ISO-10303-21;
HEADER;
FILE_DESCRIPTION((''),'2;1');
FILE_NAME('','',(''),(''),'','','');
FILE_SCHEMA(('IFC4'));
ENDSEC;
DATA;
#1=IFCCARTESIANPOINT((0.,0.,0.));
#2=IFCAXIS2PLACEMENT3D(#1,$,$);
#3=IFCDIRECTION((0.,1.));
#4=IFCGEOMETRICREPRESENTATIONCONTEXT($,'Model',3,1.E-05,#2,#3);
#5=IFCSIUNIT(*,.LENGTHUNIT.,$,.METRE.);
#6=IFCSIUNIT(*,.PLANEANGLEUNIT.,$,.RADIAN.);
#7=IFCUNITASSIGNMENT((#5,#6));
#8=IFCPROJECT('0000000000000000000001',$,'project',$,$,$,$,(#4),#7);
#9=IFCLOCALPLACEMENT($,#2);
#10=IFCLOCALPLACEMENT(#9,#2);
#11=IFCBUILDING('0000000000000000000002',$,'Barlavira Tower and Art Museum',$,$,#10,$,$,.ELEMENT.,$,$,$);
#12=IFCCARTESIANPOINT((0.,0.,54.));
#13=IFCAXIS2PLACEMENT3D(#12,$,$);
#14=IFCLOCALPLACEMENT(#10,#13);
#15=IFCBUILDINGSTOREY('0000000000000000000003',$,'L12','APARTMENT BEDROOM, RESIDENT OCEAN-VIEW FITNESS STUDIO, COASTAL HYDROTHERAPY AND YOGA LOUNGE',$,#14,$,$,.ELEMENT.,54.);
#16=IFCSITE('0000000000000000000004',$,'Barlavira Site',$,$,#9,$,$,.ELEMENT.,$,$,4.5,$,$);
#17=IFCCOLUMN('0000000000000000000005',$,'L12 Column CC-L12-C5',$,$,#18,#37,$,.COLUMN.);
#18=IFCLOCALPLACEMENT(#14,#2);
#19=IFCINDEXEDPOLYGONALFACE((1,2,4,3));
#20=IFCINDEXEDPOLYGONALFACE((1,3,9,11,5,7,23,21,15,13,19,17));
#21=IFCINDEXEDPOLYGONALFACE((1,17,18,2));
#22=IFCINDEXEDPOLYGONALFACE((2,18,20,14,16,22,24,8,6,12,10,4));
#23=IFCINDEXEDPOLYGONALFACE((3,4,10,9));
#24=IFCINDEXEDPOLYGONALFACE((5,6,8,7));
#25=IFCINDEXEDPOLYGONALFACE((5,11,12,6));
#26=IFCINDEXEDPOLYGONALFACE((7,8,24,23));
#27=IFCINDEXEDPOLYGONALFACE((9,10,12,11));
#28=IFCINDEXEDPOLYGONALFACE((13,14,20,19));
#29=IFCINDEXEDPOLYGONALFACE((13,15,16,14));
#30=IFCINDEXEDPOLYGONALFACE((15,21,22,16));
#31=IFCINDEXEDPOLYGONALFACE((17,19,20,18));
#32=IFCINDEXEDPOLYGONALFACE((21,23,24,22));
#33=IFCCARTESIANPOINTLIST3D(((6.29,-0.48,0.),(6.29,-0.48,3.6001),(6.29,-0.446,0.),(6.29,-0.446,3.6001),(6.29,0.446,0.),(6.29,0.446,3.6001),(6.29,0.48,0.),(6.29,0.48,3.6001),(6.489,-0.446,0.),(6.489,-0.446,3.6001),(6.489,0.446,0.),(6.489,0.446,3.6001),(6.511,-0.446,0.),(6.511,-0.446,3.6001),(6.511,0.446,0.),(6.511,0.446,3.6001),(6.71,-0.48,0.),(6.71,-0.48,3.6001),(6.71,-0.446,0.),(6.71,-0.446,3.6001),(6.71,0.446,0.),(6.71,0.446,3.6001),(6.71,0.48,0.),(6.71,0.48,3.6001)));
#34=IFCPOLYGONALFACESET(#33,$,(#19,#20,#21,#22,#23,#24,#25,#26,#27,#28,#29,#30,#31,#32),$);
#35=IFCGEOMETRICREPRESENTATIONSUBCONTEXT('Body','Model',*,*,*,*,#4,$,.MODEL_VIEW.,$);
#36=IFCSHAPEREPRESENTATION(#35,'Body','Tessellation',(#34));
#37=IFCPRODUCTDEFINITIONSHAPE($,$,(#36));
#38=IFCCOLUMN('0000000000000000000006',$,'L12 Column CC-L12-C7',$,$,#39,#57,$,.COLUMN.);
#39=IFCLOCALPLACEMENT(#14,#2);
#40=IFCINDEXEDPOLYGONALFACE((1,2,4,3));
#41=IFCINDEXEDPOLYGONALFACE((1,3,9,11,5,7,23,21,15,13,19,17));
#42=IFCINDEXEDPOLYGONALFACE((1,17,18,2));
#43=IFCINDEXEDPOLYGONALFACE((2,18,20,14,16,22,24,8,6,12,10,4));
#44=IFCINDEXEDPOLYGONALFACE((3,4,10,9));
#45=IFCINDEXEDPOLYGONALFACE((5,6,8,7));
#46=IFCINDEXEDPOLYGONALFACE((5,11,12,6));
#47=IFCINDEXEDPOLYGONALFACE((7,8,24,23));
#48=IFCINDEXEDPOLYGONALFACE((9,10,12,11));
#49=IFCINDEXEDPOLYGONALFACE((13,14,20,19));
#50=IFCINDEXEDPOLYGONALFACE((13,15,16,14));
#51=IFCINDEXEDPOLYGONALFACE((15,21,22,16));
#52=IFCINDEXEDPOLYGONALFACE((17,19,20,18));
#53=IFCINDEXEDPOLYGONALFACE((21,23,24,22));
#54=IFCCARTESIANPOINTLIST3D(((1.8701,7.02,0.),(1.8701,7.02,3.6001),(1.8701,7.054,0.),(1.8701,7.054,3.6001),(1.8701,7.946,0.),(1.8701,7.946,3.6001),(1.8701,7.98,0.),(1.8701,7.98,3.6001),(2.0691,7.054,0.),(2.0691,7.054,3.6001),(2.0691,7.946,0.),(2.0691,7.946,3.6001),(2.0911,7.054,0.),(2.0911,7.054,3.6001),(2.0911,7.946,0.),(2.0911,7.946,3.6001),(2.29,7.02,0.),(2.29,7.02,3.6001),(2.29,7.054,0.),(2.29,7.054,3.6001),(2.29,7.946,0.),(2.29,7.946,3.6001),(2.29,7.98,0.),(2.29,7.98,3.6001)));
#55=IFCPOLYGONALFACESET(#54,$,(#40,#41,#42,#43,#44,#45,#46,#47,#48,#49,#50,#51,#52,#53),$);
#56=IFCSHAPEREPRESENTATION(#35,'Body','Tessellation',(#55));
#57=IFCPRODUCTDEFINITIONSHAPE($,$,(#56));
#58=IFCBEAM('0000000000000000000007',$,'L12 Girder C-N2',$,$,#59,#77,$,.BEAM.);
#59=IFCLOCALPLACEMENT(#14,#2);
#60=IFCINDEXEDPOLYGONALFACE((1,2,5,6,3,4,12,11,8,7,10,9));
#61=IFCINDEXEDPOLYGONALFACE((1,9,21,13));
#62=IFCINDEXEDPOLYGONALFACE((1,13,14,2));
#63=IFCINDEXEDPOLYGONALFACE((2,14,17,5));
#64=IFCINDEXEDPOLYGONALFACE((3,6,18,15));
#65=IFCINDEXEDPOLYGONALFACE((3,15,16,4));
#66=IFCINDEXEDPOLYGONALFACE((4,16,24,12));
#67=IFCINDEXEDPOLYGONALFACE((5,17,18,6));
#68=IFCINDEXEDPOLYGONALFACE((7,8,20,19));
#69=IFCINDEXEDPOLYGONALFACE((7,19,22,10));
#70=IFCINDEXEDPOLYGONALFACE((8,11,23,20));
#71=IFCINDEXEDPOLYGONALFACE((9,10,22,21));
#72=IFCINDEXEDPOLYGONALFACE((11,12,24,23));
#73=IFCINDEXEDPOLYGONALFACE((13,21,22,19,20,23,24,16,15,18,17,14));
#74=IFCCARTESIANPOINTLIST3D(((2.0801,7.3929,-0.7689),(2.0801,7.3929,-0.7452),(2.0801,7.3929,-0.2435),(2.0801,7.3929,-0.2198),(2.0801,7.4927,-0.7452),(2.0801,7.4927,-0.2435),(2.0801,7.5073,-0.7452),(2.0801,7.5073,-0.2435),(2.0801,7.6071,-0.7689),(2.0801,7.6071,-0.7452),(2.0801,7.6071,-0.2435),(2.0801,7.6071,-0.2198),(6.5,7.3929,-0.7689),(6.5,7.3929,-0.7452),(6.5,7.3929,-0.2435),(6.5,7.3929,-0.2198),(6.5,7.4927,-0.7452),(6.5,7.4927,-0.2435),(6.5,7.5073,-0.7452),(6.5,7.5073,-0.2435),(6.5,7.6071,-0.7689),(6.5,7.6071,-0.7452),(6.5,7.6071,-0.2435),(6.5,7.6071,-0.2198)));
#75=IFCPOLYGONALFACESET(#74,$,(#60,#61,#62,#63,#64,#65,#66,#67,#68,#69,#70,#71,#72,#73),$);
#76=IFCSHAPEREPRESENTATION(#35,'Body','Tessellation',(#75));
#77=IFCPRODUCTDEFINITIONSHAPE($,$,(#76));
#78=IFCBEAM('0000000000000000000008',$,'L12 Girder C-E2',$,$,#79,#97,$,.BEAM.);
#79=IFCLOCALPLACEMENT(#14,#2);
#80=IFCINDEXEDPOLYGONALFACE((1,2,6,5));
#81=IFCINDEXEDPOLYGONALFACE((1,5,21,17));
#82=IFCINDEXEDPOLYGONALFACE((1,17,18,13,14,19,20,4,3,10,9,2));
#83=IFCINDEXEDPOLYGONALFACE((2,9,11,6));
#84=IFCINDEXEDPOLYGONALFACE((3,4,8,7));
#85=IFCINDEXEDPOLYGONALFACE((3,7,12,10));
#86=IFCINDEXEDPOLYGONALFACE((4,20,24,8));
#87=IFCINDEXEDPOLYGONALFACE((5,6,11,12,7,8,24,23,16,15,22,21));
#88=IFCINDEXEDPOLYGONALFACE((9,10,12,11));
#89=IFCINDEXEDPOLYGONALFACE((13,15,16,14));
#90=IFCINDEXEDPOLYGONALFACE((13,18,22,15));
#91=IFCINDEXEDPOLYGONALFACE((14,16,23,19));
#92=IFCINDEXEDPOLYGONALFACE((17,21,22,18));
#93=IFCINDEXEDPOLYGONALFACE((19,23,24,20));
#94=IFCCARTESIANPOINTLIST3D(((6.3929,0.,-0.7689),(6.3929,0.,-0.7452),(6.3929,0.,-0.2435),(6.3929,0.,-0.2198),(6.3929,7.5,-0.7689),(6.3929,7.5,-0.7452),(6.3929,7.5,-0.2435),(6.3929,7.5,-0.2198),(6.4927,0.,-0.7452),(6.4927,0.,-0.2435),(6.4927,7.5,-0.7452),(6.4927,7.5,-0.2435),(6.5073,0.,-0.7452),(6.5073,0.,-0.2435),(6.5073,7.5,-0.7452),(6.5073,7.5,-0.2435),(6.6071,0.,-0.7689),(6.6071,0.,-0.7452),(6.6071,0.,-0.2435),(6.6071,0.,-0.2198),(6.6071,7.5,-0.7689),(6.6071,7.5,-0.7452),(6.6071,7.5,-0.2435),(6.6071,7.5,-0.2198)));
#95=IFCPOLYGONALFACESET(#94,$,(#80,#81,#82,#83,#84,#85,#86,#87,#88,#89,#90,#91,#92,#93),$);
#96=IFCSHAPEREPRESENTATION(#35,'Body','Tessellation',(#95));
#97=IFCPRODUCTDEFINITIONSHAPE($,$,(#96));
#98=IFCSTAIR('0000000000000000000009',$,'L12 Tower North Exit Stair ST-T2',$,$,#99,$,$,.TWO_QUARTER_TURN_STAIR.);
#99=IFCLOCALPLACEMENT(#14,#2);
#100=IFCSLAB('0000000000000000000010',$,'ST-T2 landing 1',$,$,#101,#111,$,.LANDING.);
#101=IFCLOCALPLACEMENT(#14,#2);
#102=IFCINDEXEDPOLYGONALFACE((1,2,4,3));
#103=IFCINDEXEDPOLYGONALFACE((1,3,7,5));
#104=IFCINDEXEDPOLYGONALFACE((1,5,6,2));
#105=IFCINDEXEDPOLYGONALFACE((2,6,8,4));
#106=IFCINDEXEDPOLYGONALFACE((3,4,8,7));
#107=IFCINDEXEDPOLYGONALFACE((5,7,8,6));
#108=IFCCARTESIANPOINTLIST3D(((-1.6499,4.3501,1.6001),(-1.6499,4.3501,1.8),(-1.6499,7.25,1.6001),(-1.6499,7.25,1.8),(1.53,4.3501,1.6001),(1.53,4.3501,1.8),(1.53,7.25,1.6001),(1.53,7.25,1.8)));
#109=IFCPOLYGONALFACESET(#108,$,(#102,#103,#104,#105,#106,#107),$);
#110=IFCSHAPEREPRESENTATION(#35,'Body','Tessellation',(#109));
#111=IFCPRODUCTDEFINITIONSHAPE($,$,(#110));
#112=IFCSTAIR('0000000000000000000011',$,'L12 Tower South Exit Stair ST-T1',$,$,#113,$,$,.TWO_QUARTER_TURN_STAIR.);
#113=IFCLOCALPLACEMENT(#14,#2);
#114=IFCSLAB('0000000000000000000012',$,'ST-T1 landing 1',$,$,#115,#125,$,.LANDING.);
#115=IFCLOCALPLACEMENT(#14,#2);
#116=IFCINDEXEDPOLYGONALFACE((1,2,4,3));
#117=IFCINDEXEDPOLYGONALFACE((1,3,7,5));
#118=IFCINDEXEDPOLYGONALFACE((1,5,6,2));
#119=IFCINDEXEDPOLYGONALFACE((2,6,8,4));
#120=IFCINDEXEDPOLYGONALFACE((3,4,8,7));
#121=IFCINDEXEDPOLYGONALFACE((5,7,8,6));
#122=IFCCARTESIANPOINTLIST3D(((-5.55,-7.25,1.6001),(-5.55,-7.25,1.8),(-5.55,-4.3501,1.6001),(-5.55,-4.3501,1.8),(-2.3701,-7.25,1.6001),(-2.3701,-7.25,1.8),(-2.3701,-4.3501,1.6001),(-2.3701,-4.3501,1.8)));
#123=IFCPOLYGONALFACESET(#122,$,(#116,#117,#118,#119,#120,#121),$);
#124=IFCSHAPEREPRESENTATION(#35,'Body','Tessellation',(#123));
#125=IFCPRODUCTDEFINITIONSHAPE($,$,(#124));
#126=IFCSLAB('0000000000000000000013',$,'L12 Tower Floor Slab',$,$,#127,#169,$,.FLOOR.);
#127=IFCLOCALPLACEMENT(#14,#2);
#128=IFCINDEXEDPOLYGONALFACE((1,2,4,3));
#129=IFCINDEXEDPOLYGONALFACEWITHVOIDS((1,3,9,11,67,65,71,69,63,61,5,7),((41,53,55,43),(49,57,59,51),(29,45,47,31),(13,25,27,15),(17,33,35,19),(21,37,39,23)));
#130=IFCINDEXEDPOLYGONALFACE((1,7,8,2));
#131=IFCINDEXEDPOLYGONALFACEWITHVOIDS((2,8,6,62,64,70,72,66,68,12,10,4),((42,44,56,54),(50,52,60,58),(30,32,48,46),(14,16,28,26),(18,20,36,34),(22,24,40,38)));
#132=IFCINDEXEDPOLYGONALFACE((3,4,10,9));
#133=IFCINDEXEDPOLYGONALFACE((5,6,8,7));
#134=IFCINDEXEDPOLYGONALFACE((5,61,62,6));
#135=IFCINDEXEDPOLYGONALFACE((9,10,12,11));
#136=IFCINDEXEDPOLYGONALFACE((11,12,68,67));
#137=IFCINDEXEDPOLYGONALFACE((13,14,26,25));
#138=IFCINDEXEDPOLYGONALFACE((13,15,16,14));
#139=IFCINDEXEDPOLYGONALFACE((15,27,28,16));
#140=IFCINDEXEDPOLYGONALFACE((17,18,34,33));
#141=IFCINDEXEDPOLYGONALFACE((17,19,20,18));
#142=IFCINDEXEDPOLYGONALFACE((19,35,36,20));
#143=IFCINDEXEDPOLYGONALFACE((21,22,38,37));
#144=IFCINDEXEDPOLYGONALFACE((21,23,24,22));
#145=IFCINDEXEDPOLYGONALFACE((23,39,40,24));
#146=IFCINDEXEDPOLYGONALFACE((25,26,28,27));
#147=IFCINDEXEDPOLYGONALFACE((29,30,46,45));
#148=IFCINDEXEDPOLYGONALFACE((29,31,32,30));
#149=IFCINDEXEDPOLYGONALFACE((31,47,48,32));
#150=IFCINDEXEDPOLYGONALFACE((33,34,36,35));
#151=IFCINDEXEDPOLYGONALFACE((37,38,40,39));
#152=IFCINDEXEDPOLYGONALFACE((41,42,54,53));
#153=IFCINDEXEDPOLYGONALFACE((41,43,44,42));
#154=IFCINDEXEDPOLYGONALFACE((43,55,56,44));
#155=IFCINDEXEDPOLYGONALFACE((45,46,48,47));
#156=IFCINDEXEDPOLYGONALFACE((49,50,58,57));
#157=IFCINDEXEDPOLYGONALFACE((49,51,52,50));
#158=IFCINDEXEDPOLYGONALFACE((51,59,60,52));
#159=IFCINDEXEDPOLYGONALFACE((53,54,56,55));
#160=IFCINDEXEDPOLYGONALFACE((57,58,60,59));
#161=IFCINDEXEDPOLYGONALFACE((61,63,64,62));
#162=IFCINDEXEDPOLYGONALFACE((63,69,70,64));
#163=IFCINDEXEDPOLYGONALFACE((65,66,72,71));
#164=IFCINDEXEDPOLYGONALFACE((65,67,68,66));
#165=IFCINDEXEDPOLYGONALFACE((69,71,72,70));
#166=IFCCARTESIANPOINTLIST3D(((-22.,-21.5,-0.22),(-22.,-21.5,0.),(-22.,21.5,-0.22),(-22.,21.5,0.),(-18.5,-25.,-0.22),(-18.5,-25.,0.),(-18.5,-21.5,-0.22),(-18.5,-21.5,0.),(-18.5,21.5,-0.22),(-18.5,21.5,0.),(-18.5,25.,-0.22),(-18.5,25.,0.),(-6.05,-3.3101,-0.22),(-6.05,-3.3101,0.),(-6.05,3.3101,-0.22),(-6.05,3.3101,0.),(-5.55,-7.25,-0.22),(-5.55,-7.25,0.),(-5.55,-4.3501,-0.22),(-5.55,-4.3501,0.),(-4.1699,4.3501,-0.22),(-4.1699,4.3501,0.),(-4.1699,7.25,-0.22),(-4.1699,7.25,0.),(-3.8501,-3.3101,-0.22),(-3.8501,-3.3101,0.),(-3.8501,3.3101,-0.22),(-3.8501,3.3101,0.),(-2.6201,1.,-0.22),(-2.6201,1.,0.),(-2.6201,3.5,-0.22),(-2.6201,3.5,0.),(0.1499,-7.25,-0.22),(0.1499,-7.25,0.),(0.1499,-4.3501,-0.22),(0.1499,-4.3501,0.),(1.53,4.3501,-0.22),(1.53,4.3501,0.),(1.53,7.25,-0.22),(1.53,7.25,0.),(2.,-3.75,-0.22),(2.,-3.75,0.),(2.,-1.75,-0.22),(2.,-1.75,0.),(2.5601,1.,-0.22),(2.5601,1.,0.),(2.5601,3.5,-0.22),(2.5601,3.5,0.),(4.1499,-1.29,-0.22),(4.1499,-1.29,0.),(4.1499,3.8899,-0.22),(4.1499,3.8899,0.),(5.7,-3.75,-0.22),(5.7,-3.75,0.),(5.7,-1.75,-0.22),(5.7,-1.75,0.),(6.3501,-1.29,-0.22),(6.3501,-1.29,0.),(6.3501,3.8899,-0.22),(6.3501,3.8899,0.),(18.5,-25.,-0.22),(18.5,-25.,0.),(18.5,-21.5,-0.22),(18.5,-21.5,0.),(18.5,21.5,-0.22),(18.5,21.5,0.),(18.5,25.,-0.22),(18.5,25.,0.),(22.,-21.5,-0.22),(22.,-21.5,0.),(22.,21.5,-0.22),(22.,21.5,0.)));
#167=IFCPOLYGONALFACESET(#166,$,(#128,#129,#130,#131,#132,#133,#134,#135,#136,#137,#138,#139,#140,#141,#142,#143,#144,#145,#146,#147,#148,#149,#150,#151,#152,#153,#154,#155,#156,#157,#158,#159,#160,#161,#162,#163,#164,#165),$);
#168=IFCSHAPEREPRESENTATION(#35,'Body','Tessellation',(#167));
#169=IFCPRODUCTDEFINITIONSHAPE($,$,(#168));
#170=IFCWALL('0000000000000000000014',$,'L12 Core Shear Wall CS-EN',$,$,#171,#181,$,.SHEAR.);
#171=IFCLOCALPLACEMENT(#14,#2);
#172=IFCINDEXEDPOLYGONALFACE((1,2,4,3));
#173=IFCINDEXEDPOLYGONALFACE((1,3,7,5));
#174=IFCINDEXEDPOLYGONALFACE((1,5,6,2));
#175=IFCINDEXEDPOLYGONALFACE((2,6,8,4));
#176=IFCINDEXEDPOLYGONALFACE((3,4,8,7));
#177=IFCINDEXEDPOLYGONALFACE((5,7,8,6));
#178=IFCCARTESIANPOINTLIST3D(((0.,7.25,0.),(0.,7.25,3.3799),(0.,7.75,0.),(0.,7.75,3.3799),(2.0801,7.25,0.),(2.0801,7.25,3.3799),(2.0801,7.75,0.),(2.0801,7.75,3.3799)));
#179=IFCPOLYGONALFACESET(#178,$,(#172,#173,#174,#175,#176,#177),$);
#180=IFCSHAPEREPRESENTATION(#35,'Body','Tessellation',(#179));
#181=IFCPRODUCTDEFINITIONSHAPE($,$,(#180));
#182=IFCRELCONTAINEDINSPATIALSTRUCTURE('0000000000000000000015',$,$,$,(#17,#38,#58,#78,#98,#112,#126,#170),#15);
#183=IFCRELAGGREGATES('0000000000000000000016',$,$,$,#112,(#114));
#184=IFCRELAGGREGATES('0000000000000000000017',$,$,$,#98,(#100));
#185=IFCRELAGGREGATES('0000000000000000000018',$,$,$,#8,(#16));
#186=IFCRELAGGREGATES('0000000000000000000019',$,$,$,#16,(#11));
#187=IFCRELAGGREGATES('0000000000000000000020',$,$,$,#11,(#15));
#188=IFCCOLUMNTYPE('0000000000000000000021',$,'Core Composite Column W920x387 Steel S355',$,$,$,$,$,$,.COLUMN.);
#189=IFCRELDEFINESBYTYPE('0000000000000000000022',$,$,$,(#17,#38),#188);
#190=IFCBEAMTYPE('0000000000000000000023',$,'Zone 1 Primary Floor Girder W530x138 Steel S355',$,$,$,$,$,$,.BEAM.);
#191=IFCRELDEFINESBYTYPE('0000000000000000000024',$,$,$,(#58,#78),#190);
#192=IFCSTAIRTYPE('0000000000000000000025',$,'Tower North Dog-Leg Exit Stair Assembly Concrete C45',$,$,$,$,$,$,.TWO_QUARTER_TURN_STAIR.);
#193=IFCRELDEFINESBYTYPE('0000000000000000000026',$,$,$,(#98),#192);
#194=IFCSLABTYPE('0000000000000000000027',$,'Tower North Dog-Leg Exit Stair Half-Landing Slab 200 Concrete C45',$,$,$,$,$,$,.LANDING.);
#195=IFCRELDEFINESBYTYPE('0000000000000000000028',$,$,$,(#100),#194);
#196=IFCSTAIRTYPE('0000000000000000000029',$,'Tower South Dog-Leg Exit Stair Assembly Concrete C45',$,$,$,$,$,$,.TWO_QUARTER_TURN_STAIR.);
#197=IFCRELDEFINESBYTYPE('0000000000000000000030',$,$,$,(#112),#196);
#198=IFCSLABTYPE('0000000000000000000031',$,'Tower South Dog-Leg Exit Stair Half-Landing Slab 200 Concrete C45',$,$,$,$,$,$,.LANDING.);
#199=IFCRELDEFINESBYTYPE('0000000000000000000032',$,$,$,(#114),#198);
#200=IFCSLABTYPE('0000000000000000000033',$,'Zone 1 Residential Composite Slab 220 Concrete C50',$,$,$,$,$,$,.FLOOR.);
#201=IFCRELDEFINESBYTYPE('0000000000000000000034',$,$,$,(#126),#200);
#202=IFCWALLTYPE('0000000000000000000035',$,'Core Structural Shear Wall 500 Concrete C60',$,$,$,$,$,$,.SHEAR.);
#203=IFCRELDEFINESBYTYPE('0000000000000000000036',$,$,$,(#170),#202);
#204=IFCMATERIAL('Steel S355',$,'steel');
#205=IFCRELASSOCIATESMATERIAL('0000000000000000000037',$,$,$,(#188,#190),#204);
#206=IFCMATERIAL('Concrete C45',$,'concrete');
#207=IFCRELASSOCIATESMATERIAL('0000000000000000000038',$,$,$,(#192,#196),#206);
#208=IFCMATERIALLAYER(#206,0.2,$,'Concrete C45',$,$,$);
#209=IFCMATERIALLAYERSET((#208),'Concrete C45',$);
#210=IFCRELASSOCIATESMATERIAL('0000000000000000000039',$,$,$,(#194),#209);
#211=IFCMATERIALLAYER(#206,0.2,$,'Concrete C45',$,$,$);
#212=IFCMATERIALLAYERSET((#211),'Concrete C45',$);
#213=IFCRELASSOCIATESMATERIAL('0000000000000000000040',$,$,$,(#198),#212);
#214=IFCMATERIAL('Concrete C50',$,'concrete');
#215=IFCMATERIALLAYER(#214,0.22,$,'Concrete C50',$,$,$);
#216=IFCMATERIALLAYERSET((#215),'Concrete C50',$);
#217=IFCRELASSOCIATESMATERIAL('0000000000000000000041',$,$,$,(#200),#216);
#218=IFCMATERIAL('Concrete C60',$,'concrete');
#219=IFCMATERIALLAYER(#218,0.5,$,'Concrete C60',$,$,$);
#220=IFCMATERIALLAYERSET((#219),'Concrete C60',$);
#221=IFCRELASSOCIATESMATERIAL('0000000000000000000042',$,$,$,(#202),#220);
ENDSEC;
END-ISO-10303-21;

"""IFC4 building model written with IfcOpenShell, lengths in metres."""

from ifc_helpers import new_model, si_unit, direction, frame, frame_2d, origin, origin_2d, place, context, subcontext, project, spatial, polyline, rectangle, i_section, outline, extrude, material, layer, layer_set, material_profile, profile_set, type_object, element, aggregate, save


model = new_model("IFC4")

# Units and contexts
model_context = context("Model", 3, precision=1e-05, world=origin(), true_north=direction((0.0, 1.0)))
body_context = subcontext(model_context, "Body", "Model", "MODEL_VIEW")
ifc_project = project(units=[si_unit("LENGTHUNIT", "METRE"), si_unit("PLANEANGLEUNIT", "RADIAN")], contexts=[model_context])

# Site, building, storey
site_placement = place(None, origin())
site = spatial("IfcSite", under=ifc_project, at=site_placement, Name="Barlavira Site", CompositionType="ELEMENT", RefElevation=4.5)
building_placement = place(site_placement, origin())
building = spatial("IfcBuilding", under=site, at=building_placement, Name="Barlavira Tower and Art Museum", CompositionType="ELEMENT")
storey_placement = place(building_placement, frame((0.0, 0.0, 54.0)))
storey = spatial("IfcBuildingStorey", under=building, at=storey_placement, Name="L12", Description="APARTMENT BEDROOM, RESIDENT OCEAN-VIEW FITNESS STUDIO, COASTAL HYDROTHERAPY AND YOGA LOUNGE", CompositionType="ELEMENT", Elevation=54.0)

# Columns
ifc_material_1 = material(Name="Steel S355", Category="steel")
ifc_material_profile_1 = material_profile(ifc_material_1, i_section(OverallWidth=0.4199, OverallDepth=0.96, WebThickness=0.022, FlangeThickness=0.0339, at=origin_2d()), Name="W920x387.0")
ifc_profile_set_1 = profile_set([ifc_material_profile_1], Name="Steel S355")
column_type = type_object("IfcColumnType", Name="Core Composite Column W920x387 Steel S355", PredefinedType="COLUMN", material=ifc_profile_set_1)
for number, where, z_axis, x_axis, name in (
    (1, (6.5, 0.0, 0.0), (0.0, 0.0, 1.0), (1.0, 0.0, 0.0), "L12 Column CC-L12-C5"),
    (2, (2.0801, 7.5, 0.0), (0.0, 0.0, 1.0), (1.0, 0.0, 0.0), "L12 Column CC-L12-C7"),
):
    element("IfcColumn", number, at=place(storey_placement, frame(where, z_axis=z_axis, x_axis=x_axis)), inside=storey, type_object=column_type, Name=name, PredefinedType="COLUMN", context=body_context, shape_type="SweptSolid", body=[
        extrude(i_section(OverallWidth=0.4199, OverallDepth=0.96, WebThickness=0.022, FlangeThickness=0.0339, at=origin_2d()), origin(), (0.0, 0.0, 1.0), 3.6001),
    ])

# Beams
ifc_material_profile_2 = material_profile(ifc_material_1, i_section(OverallWidth=0.2141, OverallDepth=0.5491, WebThickness=0.0146, FlangeThickness=0.0237, at=origin_2d()), Name="W530x138.0")
ifc_profile_set_2 = profile_set([ifc_material_profile_2], Name="Steel S355")
beam_type = type_object("IfcBeamType", Name="Zone 1 Primary Floor Girder W530x138 Steel S355", PredefinedType="BEAM", material=ifc_profile_set_2)
beam_1_placement = place(storey_placement, frame((2.0801, 7.5, -0.4944), z_axis=(1.0, 0.0, 0.0), x_axis=(0.0, 1.0, 0.0)))
element("IfcBeam", 3, at=beam_1_placement, inside=storey, type_object=beam_type, Name="L12 Girder C-N2", PredefinedType="BEAM", context=body_context, shape_type="SweptSolid", body=[
    extrude(i_section(OverallWidth=0.2141, OverallDepth=0.5491, WebThickness=0.0146, FlangeThickness=0.0237, at=origin_2d()), origin(), (0.0, 0.0, 1.0), 4.4199),
])
beam_2_placement = place(storey_placement, frame((6.5, 0.0, -0.4944), z_axis=(0.0, 1.0, 0.0), x_axis=(-1.0, 0.0, 0.0)))
element("IfcBeam", 4, at=beam_2_placement, inside=storey, type_object=beam_type, Name="L12 Girder C-E2", PredefinedType="BEAM", context=body_context, shape_type="SweptSolid", body=[
    extrude(i_section(OverallWidth=0.2141, OverallDepth=0.5491, WebThickness=0.0146, FlangeThickness=0.0237, at=origin_2d()), origin(), (0.0, 0.0, 1.0), 7.5),
])

# Stairs, slabs
ifc_material_2 = material(Name="Concrete C45", Category="concrete")
stair_type_1 = type_object("IfcStairType", Name="Tower North Dog-Leg Exit Stair Assembly Concrete C45", PredefinedType="TWO_QUARTER_TURN_STAIR", material=ifc_material_2)
stair_1_placement = place(storey_placement, origin())
stair_1 = element("IfcStair", 5, at=stair_1_placement, inside=storey, type_object=stair_type_1, Name="L12 Tower North Exit Stair ST-T2", PredefinedType="TWO_QUARTER_TURN_STAIR")
ifc_layer_1 = layer(ifc_material_2, 0.2, Name="Concrete C45")
ifc_layer_set_1 = layer_set([ifc_layer_1], Name="Concrete C45")
slab_type_1 = type_object("IfcSlabType", Name="Tower North Dog-Leg Exit Stair Half-Landing Slab 200 Concrete C45", PredefinedType="LANDING", material=ifc_layer_set_1)
slab_1_placement = place(storey_placement, frame((0.0, 0.0, 1.6001)))
slab_1 = element("IfcSlab", 6, at=slab_1_placement, type_object=slab_type_1, Name="ST-T2 landing 1", PredefinedType="LANDING", context=body_context, shape_type="SweptSolid", body=[
    extrude(outline(polyline([(-1.6499, 4.3501), (1.53, 4.3501), (1.53, 7.25), (-1.6499, 7.25), (-1.6499, 4.3501)])), origin(), (0.0, 0.0, 1.0), 0.2),
])
stair_type_2 = type_object("IfcStairType", Name="Tower South Dog-Leg Exit Stair Assembly Concrete C45", PredefinedType="TWO_QUARTER_TURN_STAIR", material=ifc_material_2)
stair_2_placement = place(storey_placement, origin())
stair_2 = element("IfcStair", 7, at=stair_2_placement, inside=storey, type_object=stair_type_2, Name="L12 Tower South Exit Stair ST-T1", PredefinedType="TWO_QUARTER_TURN_STAIR")
ifc_layer_2 = layer(ifc_material_2, 0.2, Name="Concrete C45")
ifc_layer_set_2 = layer_set([ifc_layer_2], Name="Concrete C45")
slab_type_2 = type_object("IfcSlabType", Name="Tower South Dog-Leg Exit Stair Half-Landing Slab 200 Concrete C45", PredefinedType="LANDING", material=ifc_layer_set_2)
slab_2_placement = place(storey_placement, frame((0.0, 0.0, 1.6001)))
slab_2 = element("IfcSlab", 8, at=slab_2_placement, type_object=slab_type_2, Name="ST-T1 landing 1", PredefinedType="LANDING", context=body_context, shape_type="SweptSolid", body=[
    extrude(outline(polyline([(-2.3701, -4.3501), (-5.55, -4.3501), (-5.55, -7.25), (-2.3701, -7.25), (-2.3701, -4.3501)])), origin(), (0.0, 0.0, 1.0), 0.2),
])
aggregate(stair_2, [slab_2])

# Slab
ifc_material_3 = material(Name="Concrete C50", Category="concrete")
ifc_layer_3 = layer(ifc_material_3, 0.22, Name="Concrete C50")
ifc_layer_set_3 = layer_set([ifc_layer_3], Name="Concrete C50")
slab_type_3 = type_object("IfcSlabType", Name="Zone 1 Residential Composite Slab 220 Concrete C50", PredefinedType="FLOOR", material=ifc_layer_set_3)
slab_3_placement = place(storey_placement, frame((0.0, 0.0, -0.22)))
element("IfcSlab", 9, at=slab_3_placement, inside=storey, type_object=slab_type_3, Name="L12 Tower Floor Slab", PredefinedType="FLOOR", context=body_context, shape_type="SweptSolid", body=[
    extrude(outline(polyline([(-18.5, -25.0), (18.5, -25.0), (18.5, -21.5), (22.0, -21.5), (22.0, 21.5), (18.5, 21.5), (18.5, 25.0), (-18.5, 25.0), (-18.5, 21.5), (-22.0, 21.5), (-22.0, -21.5), (-18.5, -21.5), (-18.5, -25.0)]), holes=[polyline([(0.1499, -4.3501), (-5.55, -4.3501), (-5.55, -7.25), (0.1499, -7.25), (0.1499, -4.3501)]), polyline([(-4.1699, 4.3501), (1.53, 4.3501), (1.53, 7.25), (-4.1699, 7.25), (-4.1699, 4.3501)]), polyline([(-6.05, -3.3101), (-3.8501, -3.3101), (-3.8501, 3.3101), (-6.05, 3.3101), (-6.05, -3.3101)]), polyline([(4.1499, -1.29), (6.3501, -1.29), (6.3501, 3.8899), (4.1499, 3.8899), (4.1499, -1.29)]), polyline([(-2.6201, 1.0), (2.5601, 1.0), (2.5601, 3.5), (-2.6201, 3.5), (-2.6201, 1.0)]), polyline([(2.0, -3.75), (5.7, -3.75), (5.7, -1.75), (2.0, -1.75), (2.0, -3.75)])]), origin(), (0.0, 0.0, 1.0), 0.22),
])

# Wall
ifc_material_4 = material(Name="Concrete C60", Category="concrete")
ifc_layer_4 = layer(ifc_material_4, 0.5, Name="Concrete C60")
ifc_layer_set_4 = layer_set([ifc_layer_4], Name="Concrete C60")
wall_type_1 = type_object("IfcWallType", Name="Core Structural Shear Wall 500 Concrete C60", PredefinedType="SHEAR", material=ifc_layer_set_4)
wall_1_placement = place(storey_placement, frame((0.0, 7.5, 0.0), z_axis=(0.0, 0.0, 1.0), x_axis=(1.0, 0.0, 0.0)))
element("IfcWall", 10, at=wall_1_placement, inside=storey, type_object=wall_type_1, Name="L12 Core Shear Wall CS-EN", PredefinedType="SHEAR", context=body_context, shape_type="SweptSolid", body=[
    extrude(rectangle(XDim=2.0801, YDim=0.5, at=frame_2d((1.04, 0.0))), origin(), (0.0, 0.0, 1.0), 3.3799),
])

aggregate(stair_1, [slab_1])

save(model, "model.ifc")
